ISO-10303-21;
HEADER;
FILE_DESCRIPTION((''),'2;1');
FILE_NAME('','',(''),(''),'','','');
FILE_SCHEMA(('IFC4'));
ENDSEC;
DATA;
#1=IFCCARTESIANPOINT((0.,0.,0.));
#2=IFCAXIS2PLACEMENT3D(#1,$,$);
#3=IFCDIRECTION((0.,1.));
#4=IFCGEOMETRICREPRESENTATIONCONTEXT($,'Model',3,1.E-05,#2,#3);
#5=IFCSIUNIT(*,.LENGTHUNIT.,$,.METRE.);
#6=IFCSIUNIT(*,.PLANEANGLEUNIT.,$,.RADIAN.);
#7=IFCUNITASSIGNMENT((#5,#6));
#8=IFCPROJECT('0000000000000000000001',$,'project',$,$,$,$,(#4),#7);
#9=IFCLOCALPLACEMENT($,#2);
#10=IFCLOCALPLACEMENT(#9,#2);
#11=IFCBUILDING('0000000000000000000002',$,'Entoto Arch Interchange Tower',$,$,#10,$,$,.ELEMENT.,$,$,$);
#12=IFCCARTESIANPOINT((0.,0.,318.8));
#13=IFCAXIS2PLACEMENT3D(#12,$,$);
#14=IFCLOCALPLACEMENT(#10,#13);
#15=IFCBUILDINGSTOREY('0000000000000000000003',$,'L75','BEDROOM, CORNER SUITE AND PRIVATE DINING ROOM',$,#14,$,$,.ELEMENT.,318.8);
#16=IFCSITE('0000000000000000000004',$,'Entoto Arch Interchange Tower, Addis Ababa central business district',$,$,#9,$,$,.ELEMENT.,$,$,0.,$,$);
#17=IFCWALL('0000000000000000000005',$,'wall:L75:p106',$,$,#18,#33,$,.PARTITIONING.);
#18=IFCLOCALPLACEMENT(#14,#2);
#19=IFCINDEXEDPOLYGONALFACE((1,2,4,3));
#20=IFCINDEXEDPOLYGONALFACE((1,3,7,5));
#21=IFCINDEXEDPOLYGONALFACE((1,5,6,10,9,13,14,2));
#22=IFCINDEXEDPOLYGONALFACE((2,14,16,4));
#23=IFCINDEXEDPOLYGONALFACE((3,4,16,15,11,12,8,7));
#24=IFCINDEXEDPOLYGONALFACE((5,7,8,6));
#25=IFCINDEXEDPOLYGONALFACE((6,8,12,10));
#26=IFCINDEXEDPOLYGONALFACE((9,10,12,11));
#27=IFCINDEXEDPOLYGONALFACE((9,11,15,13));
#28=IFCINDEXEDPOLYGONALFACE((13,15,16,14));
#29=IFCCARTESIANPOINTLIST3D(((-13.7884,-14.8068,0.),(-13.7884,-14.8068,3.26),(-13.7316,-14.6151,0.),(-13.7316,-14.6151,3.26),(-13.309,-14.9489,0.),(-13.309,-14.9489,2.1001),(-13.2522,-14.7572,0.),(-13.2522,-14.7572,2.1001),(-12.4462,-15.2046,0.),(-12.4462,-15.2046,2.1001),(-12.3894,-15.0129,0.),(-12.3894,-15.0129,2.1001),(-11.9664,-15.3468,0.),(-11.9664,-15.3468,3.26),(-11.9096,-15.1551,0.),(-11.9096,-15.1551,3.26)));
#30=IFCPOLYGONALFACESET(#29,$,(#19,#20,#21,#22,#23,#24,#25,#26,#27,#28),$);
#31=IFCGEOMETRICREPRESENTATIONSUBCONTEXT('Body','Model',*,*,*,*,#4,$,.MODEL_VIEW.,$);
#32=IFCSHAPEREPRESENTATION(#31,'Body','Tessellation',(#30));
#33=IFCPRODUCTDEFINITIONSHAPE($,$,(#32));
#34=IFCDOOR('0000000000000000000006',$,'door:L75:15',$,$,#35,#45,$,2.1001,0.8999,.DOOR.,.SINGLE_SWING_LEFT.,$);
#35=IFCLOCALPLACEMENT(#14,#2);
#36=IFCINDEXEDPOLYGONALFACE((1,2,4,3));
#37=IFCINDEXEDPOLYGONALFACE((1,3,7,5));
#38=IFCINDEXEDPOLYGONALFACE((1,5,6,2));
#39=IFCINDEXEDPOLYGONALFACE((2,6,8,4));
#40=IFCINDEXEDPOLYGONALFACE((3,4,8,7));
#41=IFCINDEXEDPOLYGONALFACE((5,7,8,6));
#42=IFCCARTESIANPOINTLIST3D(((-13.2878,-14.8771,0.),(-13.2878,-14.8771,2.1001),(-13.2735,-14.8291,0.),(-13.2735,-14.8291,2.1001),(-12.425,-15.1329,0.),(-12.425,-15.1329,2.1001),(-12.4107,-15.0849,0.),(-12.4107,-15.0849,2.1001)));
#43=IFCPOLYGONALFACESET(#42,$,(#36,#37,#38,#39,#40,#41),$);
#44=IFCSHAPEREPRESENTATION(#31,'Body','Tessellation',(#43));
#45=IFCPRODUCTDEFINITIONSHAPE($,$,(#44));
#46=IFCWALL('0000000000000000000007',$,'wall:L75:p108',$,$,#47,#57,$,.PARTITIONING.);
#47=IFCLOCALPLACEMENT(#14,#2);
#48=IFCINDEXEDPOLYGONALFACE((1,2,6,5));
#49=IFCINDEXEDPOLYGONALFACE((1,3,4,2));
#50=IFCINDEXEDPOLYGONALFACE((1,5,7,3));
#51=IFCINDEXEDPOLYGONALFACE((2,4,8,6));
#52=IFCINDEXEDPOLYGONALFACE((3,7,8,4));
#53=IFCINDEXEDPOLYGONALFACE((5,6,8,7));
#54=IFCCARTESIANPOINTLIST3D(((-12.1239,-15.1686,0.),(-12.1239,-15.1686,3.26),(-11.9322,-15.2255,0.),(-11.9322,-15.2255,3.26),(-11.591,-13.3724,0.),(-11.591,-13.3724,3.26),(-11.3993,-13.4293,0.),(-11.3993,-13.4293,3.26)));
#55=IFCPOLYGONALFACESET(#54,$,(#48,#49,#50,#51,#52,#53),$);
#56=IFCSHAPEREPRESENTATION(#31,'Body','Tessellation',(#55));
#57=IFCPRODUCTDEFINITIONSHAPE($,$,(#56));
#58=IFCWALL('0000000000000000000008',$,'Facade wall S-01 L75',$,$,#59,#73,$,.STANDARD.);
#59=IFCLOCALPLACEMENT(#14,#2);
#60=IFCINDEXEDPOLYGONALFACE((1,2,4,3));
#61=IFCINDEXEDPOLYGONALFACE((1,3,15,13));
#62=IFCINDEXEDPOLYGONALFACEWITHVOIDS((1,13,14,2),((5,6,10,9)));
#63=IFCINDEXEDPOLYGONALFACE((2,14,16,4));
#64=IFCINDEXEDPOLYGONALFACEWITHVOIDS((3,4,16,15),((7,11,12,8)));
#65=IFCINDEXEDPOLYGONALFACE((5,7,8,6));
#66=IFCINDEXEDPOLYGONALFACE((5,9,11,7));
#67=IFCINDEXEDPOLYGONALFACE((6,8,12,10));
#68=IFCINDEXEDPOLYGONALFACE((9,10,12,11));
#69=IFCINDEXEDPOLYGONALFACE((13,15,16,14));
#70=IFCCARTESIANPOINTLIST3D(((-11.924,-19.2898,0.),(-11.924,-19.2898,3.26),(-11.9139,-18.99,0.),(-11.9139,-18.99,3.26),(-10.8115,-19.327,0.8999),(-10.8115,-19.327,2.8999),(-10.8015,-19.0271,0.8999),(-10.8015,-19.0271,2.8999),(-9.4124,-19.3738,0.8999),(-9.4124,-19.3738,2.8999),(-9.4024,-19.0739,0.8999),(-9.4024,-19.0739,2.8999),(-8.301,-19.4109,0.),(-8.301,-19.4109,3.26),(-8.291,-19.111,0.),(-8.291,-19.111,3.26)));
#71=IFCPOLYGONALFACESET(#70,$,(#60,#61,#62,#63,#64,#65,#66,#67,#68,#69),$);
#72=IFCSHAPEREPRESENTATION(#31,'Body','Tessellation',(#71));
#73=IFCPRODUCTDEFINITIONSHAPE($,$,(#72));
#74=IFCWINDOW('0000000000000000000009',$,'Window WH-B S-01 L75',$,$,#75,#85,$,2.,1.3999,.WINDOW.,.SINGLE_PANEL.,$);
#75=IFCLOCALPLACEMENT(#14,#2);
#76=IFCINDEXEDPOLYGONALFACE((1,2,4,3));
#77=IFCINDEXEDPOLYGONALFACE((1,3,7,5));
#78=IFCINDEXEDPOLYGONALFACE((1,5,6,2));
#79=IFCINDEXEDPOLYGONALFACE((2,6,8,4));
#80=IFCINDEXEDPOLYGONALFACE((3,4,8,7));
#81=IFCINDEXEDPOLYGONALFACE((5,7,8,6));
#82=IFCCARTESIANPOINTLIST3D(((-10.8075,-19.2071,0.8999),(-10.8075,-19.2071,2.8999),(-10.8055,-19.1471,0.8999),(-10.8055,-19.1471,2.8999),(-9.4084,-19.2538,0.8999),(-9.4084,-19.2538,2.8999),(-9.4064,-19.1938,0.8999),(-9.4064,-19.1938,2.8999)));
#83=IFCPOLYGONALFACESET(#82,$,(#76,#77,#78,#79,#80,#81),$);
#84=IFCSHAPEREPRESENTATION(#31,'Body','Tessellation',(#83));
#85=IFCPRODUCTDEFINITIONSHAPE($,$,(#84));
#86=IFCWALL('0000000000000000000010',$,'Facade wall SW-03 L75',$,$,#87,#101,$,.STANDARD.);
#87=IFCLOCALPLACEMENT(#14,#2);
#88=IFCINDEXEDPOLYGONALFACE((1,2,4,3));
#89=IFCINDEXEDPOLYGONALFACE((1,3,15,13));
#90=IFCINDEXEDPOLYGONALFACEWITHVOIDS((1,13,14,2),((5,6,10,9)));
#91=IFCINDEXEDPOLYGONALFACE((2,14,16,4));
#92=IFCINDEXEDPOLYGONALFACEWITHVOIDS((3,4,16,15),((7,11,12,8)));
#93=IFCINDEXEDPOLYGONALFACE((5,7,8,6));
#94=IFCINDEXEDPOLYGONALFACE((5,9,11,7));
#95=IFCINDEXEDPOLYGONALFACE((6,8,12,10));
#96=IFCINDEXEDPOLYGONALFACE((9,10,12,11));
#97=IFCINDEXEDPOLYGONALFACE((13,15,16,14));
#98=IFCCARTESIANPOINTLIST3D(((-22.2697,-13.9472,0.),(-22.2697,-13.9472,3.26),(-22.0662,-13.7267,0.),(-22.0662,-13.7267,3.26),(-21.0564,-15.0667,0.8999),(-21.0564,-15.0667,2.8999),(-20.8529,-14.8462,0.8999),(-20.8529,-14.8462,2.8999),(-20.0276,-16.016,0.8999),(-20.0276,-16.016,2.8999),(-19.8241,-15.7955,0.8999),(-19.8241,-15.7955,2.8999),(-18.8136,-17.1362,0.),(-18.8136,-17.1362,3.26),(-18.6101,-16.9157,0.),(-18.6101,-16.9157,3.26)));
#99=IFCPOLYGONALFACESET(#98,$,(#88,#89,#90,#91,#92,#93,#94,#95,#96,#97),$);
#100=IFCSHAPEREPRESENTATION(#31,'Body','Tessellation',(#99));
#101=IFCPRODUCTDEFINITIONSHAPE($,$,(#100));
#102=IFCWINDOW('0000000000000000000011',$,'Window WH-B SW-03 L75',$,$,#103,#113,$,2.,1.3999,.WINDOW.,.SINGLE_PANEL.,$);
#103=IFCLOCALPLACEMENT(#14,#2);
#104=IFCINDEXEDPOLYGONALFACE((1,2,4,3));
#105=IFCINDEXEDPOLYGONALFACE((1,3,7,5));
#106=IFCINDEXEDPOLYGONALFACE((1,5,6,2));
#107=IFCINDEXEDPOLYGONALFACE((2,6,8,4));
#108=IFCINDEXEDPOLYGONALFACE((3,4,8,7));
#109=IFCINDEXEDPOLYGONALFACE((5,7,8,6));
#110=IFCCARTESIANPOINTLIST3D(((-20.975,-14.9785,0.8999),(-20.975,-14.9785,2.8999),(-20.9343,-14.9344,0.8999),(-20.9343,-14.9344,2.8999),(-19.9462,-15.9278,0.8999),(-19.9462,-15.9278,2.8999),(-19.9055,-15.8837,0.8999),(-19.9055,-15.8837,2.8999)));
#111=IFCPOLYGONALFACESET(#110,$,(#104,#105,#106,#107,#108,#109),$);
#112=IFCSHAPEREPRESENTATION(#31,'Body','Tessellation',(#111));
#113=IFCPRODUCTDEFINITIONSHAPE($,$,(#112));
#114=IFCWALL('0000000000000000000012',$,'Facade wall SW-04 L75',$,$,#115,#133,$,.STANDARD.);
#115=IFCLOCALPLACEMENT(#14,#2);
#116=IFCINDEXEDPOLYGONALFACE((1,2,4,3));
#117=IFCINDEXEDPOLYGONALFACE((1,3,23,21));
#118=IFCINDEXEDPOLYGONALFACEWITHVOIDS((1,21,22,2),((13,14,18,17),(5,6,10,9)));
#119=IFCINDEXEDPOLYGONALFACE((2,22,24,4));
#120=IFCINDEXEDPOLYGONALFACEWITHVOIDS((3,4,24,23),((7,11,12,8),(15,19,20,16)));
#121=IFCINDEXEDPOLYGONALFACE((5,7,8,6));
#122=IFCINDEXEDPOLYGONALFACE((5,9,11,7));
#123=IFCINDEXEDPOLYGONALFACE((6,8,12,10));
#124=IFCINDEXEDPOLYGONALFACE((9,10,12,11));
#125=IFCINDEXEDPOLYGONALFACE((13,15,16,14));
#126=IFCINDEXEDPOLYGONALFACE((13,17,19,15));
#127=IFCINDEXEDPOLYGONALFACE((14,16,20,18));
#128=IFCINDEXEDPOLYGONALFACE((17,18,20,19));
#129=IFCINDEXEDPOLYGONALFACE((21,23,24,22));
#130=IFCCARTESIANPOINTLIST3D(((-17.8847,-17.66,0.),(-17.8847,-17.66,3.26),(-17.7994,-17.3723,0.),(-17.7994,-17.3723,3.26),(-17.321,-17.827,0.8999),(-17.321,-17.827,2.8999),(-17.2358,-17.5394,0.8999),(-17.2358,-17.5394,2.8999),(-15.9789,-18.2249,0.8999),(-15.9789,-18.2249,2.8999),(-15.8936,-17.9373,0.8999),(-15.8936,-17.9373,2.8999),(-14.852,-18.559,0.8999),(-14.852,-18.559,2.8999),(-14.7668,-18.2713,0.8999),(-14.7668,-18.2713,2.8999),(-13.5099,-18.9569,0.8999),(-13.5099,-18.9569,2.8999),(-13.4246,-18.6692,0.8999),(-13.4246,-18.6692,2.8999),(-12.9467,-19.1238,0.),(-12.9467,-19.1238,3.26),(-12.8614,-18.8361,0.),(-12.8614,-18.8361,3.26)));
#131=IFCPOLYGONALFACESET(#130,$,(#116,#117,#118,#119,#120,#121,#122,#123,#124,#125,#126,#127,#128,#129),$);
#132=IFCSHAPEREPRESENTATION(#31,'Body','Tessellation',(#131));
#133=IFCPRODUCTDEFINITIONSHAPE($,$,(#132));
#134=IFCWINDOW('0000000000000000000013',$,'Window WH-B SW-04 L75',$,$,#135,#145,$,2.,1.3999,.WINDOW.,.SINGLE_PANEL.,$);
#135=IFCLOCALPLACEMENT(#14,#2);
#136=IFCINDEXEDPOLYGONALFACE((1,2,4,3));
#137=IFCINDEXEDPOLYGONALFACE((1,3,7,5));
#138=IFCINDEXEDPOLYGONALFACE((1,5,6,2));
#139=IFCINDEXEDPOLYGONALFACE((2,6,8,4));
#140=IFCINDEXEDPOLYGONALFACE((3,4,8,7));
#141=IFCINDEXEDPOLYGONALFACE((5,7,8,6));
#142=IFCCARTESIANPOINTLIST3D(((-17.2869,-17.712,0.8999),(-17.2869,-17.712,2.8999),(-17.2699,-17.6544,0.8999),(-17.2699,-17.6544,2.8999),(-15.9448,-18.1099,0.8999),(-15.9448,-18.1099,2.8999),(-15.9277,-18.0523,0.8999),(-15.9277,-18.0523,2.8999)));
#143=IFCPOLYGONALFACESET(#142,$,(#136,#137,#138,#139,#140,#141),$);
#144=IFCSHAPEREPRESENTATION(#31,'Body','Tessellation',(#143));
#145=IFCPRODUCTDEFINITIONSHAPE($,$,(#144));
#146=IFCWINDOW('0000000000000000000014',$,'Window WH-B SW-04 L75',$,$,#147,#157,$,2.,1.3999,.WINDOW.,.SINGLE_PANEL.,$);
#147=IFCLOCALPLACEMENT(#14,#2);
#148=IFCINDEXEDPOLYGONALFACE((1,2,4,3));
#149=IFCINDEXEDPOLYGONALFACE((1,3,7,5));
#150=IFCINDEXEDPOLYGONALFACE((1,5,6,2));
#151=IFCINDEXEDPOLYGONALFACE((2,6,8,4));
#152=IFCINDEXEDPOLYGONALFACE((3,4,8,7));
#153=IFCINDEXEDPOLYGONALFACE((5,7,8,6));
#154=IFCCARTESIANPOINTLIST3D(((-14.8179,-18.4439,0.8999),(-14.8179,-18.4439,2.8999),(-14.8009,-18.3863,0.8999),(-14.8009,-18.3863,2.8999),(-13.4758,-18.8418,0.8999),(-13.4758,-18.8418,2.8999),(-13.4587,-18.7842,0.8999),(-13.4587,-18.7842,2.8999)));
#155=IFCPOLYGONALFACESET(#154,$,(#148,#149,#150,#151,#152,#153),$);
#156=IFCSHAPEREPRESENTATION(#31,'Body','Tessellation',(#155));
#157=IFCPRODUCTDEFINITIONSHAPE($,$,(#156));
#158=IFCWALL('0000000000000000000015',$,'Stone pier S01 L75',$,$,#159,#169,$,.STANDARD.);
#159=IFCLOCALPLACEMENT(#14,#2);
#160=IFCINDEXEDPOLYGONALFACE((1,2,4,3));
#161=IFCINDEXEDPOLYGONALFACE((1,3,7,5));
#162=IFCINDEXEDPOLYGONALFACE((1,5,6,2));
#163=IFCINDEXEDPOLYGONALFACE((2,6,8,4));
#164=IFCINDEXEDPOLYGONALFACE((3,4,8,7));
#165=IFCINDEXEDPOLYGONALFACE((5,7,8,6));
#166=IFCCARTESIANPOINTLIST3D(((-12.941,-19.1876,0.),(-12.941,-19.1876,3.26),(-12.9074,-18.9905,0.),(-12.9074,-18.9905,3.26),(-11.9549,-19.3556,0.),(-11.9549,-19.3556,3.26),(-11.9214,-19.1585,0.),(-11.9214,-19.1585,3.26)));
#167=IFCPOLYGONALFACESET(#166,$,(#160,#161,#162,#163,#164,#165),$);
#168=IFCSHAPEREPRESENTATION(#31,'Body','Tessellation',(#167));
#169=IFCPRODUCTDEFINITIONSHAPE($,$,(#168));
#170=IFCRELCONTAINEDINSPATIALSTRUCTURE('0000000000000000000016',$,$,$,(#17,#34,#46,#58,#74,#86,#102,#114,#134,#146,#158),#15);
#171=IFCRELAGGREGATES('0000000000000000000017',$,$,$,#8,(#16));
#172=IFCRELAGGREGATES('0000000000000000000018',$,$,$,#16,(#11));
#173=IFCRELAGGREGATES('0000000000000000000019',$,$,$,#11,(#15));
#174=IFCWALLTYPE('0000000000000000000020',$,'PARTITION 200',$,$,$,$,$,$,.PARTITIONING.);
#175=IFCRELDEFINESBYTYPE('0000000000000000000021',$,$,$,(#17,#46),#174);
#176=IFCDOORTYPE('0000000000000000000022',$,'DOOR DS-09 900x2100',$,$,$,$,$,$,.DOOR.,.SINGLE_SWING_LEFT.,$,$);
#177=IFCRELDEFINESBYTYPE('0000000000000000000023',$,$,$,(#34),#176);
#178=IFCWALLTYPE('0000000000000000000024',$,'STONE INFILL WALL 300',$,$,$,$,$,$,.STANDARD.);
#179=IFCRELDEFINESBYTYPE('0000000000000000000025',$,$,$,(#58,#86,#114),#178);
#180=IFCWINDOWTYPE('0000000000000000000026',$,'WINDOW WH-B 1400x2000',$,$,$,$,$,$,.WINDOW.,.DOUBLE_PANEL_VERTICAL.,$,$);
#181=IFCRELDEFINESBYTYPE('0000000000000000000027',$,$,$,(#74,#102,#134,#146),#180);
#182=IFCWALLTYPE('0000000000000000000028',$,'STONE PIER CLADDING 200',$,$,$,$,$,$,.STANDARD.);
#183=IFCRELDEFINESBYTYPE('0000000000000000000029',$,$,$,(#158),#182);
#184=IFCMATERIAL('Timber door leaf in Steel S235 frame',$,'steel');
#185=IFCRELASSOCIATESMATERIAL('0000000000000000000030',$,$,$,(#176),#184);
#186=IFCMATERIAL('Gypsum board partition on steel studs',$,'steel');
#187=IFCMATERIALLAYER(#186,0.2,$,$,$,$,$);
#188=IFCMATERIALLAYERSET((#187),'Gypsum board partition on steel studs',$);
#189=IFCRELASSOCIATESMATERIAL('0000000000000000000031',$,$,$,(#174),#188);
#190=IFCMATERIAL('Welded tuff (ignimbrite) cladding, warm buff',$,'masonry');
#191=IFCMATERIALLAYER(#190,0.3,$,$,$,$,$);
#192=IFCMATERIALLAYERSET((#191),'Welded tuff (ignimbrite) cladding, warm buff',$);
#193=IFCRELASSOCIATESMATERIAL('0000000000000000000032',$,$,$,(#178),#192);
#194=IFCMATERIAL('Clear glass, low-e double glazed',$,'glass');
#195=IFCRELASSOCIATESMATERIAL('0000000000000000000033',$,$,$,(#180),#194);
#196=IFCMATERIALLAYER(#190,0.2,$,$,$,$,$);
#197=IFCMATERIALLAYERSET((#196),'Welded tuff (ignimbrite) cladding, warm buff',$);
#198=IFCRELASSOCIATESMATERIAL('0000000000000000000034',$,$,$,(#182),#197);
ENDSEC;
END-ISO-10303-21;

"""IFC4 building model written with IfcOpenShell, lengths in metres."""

from ifc_helpers import new_model, si_unit, direction, frame, frame_2d, origin, place, context, subcontext, project, spatial, rectangle, extrude, material, layer, layer_set, type_object, element, fill, save


model = new_model("IFC4")

# Units and contexts
model_context = context("Model", 3, precision=1e-05, world=origin(), true_north=direction((0.0, 1.0)))
body_context = subcontext(model_context, "Body", "Model", "MODEL_VIEW")
ifc_project = project(units=[si_unit("LENGTHUNIT", "METRE"), si_unit("PLANEANGLEUNIT", "RADIAN")], contexts=[model_context])

# Site, building, storey
site_placement = place(None, origin())
site = spatial("IfcSite", under=ifc_project, at=site_placement, Name="Entoto Arch Interchange Tower, Addis Ababa central business district", CompositionType="ELEMENT", RefElevation=0.0)
building_placement = place(site_placement, origin())
building = spatial("IfcBuilding", under=site, at=building_placement, Name="Entoto Arch Interchange Tower", CompositionType="ELEMENT")
storey_placement = place(building_placement, frame((0.0, 0.0, 318.8)))
storey = spatial("IfcBuildingStorey", under=building, at=storey_placement, Name="L75", Description="BEDROOM, CORNER SUITE AND PRIVATE DINING ROOM", CompositionType="ELEMENT", Elevation=318.8)

# Shared definitions
ifc_material_1 = material(Name="Gypsum board partition on steel studs", Category="steel")
ifc_material_2 = material(Name="Timber door leaf in Steel S235 frame", Category="steel")
door_type = type_object("IfcDoorType", Name="DOOR DS-09 900x2100", OperationType="SINGLE_SWING_LEFT", PredefinedType="DOOR", material=ifc_material_2)

# Shared definitions
ifc_layer_1 = layer(ifc_material_1, 0.2)
ifc_layer_set_1 = layer_set([ifc_layer_1], Name="Gypsum board partition on steel studs")
wall_type_1 = type_object("IfcWallType", Name="PARTITION 200", PredefinedType="PARTITIONING", material=ifc_layer_set_1)

# Wall, opening, door
wall_1_placement = place(storey_placement, frame((-13.76, -14.7109, 0.0), z_axis=(0.0, 0.0, 1.0), x_axis=(0.958772, -0.284176, 0.0)))
wall_1 = element("IfcWall", 1, at=wall_1_placement, inside=storey, type_object=wall_type_1, Name="wall:L75:p106", PredefinedType="PARTITIONING", context=body_context, shape_type="SweptSolid", body=[
    extrude(rectangle(XDim=1.9004, YDim=0.2, at=frame_2d((0.9502, 0.0))), origin(), (0.0, 0.0, 1.0), 3.26),
])
opening_1_placement = place(wall_1_placement, frame((0.5, 0.0, 0.0)))
opening_1 = element("IfcOpeningElement", 2, at=opening_1_placement, cuts=wall_1, PredefinedType="OPENING", context=body_context, shape_type="SweptSolid", body=[
    extrude(rectangle(XDim=0.8999, YDim=2.1001, at=frame_2d((0.45, 1.05))), frame((0.0, 0.1099, 0.0), z_axis=(0.0, -1.0, 0.0), x_axis=(1.0, 0.0, 0.0)), (0.0, 0.0, 1.0), 0.22),
])
door_1_placement = place(opening_1_placement, origin())
door_1 = element("IfcDoor", 3, at=door_1_placement, inside=storey, type_object=door_type, Name="door:L75:15", OperationType="SINGLE_SWING_LEFT", OverallHeight=2.1001, OverallWidth=0.8999, PredefinedType="DOOR", context=body_context, shape_type="SweptSolid", body=[
    extrude(rectangle(XDim=0.8999, YDim=2.1001, at=frame_2d((0.45, 1.05))), frame((0.0, 0.0249, 0.0), z_axis=(0.0, -1.0, 0.0), x_axis=(1.0, 0.0, 0.0)), (0.0, 0.0, 1.0), 0.05),
])
fill(opening_1, door_1)

# Wall
wall_2_placement = place(storey_placement, frame((-11.4951, -13.4009, 0.0), z_axis=(0.0, 0.0, 1.0), x_axis=(-0.284465, -0.958686, 0.0)))
element("IfcWall", 4, at=wall_2_placement, inside=storey, type_object=wall_type_1, Name="wall:L75:p108", PredefinedType="PARTITIONING", context=body_context, shape_type="SweptSolid", body=[
    extrude(rectangle(XDim=1.8735, YDim=0.2, at=frame_2d((0.9368, 0.0))), origin(), (0.0, 0.0, 1.0), 3.26),
])

# Walls, openings, windows
ifc_material_3 = material(Name="Welded tuff (ignimbrite) cladding, warm buff", Category="masonry")
ifc_layer_2 = layer(ifc_material_3, 0.3)
ifc_layer_set_2 = layer_set([ifc_layer_2], Name="Welded tuff (ignimbrite) cladding, warm buff")
wall_type_2 = type_object("IfcWallType", Name="STONE INFILL WALL 300", PredefinedType="STANDARD", material=ifc_layer_set_2)
wall_3_placement = place(storey_placement, frame((-11.9189, -19.1399, 0.0), z_axis=(0.0, 0.0, 1.0), x_axis=(0.999442, -0.033405, 0.0)))
wall_3 = element("IfcWall", 5, at=wall_3_placement, inside=storey, type_object=wall_type_2, Name="Facade wall S-01 L75", PredefinedType="STANDARD", context=body_context, shape_type="SweptSolid", body=[
    extrude(rectangle(XDim=3.625, YDim=0.3, at=frame_2d((1.8125, 0.0))), origin(), (0.0, 0.0, 1.0), 3.26),
])
opening_2_placement = place(wall_3_placement, frame((1.113, 0.0, 0.8999)))
opening_2 = element("IfcOpeningElement", 6, at=opening_2_placement, cuts=wall_3, PredefinedType="OPENING", context=body_context, shape_type="SweptSolid", body=[
    extrude(rectangle(XDim=1.3999, YDim=2.0, at=frame_2d((0.7, 1.0))), frame((0.0, 0.1602, 0.0), z_axis=(0.0, -1.0, 0.0), x_axis=(1.0, 0.0, 0.0)), (0.0, 0.0, 1.0), 0.3201),
])
ifc_material_4 = material(Name="Clear glass, low-e double glazed", Category="glass")
window_type = type_object("IfcWindowType", Name="WINDOW WH-B 1400x2000", PartitioningType="DOUBLE_PANEL_VERTICAL", PredefinedType="WINDOW", material=ifc_material_4)
window_1_placement = place(opening_2_placement, origin())
window_1 = element("IfcWindow", 7, at=window_1_placement, inside=storey, type_object=window_type, Name="Window WH-B S-01 L75", OverallHeight=2.0, OverallWidth=1.3999, PartitioningType="SINGLE_PANEL", PredefinedType="WINDOW", context=body_context, shape_type="SweptSolid", body=[
    extrude(rectangle(XDim=1.3999, YDim=2.0, at=frame_2d((0.7, 1.0))), frame((0.0, 0.03, 0.0), z_axis=(0.0, -1.0, 0.0), x_axis=(1.0, 0.0, 0.0)), (0.0, 0.0, 1.0), 0.0601),
])
fill(opening_2, window_1)
wall_4_placement = place(storey_placement, frame((-22.168, -13.8369, 0.0), z_axis=(0.0, 0.0, 1.0), x_axis=(0.734935, -0.678138, 0.0)))
wall_4 = element("IfcWall", 8, at=wall_4_placement, inside=storey, type_object=wall_type_2, Name="Facade wall SW-03 L75", PredefinedType="STANDARD", context=body_context, shape_type="SweptSolid", body=[
    extrude(rectangle(XDim=4.7026, YDim=0.3, at=frame_2d((2.3513, 0.0))), origin(), (0.0, 0.0, 1.0), 3.26),
])
opening_3_placement = place(wall_4_placement, frame((1.6509, 0.0, 0.8999)))
opening_3 = element("IfcOpeningElement", 9, at=opening_3_placement, cuts=wall_4, PredefinedType="OPENING", context=body_context, shape_type="SweptSolid", body=[
    extrude(rectangle(XDim=1.3999, YDim=2.0, at=frame_2d((0.7, 1.0))), frame((0.0, 0.1602, 0.0), z_axis=(0.0, -1.0, 0.0), x_axis=(1.0, 0.0, 0.0)), (0.0, 0.0, 1.0), 0.3201),
])
window_2_placement = place(opening_3_placement, origin())
window_2 = element("IfcWindow", 10, at=window_2_placement, inside=storey, type_object=window_type, Name="Window WH-B SW-03 L75", OverallHeight=2.0, OverallWidth=1.3999, PartitioningType="SINGLE_PANEL", PredefinedType="WINDOW", context=body_context, shape_type="SweptSolid", body=[
    extrude(rectangle(XDim=1.3999, YDim=2.0, at=frame_2d((0.7, 1.0))), frame((0.0, 0.03, 0.0), z_axis=(0.0, -1.0, 0.0), x_axis=(1.0, 0.0, 0.0)), (0.0, 0.0, 1.0), 0.0601),
])
fill(opening_3, window_2)

# Wall, openings, windows
wall_5_placement = place(storey_placement, frame((-17.842, -17.5161, 0.0), z_axis=(0.0, 0.0, 1.0), x_axis=(0.958758, -0.284224, 0.0)))
wall_5 = element("IfcWall", 11, at=wall_5_placement, inside=storey, type_object=wall_type_2, Name="Facade wall SW-04 L75", PredefinedType="STANDARD", context=body_context, shape_type="SweptSolid", body=[
    extrude(rectangle(XDim=5.1504, YDim=0.3, at=frame_2d((2.5752, 0.0))), origin(), (0.0, 0.0, 1.0), 3.26),
])
opening_4_placement = place(wall_5_placement, frame((0.5879, 0.0, 0.8999)))
opening_4 = element("IfcOpeningElement", 12, at=opening_4_placement, cuts=wall_5, PredefinedType="OPENING", context=body_context, shape_type="SweptSolid", body=[
    extrude(rectangle(XDim=1.3999, YDim=2.0, at=frame_2d((0.7, 1.0))), frame((0.0, 0.1602, 0.0), z_axis=(0.0, -1.0, 0.0), x_axis=(1.0, 0.0, 0.0)), (0.0, 0.0, 1.0), 0.3201),
])
opening_5_placement = place(wall_5_placement, frame((3.1631, 0.0, 0.8999)))
opening_5 = element("IfcOpeningElement", 13, at=opening_5_placement, cuts=wall_5, PredefinedType="OPENING", context=body_context, shape_type="SweptSolid", body=[
    extrude(rectangle(XDim=1.3999, YDim=2.0, at=frame_2d((0.7, 1.0))), frame((0.0, 0.1602, 0.0), z_axis=(0.0, -1.0, 0.0), x_axis=(1.0, 0.0, 0.0)), (0.0, 0.0, 1.0), 0.3201),
])
window_3_placement = place(opening_4_placement, origin())
window_3 = element("IfcWindow", 14, at=window_3_placement, inside=storey, type_object=window_type, Name="Window WH-B SW-04 L75", OverallHeight=2.0, OverallWidth=1.3999, PartitioningType="SINGLE_PANEL", PredefinedType="WINDOW", context=body_context, shape_type="SweptSolid", body=[
    extrude(rectangle(XDim=1.3999, YDim=2.0, at=frame_2d((0.7, 1.0))), frame((0.0, 0.03, 0.0), z_axis=(0.0, -1.0, 0.0), x_axis=(1.0, 0.0, 0.0)), (0.0, 0.0, 1.0), 0.0601),
])
fill(opening_4, window_3)
window_4_placement = place(opening_5_placement, origin())
window_4 = element("IfcWindow", 15, at=window_4_placement, inside=storey, type_object=window_type, Name="Window WH-B SW-04 L75", OverallHeight=2.0, OverallWidth=1.3999, PartitioningType="SINGLE_PANEL", PredefinedType="WINDOW", context=body_context, shape_type="SweptSolid", body=[
    extrude(rectangle(XDim=1.3999, YDim=2.0, at=frame_2d((0.7, 1.0))), frame((0.0, 0.03, 0.0), z_axis=(0.0, -1.0, 0.0), x_axis=(1.0, 0.0, 0.0)), (0.0, 0.0, 1.0), 0.0601),
])
fill(opening_5, window_4)

# Wall
ifc_layer_3 = layer(ifc_material_3, 0.2)
ifc_layer_set_3 = layer_set([ifc_layer_3], Name="Welded tuff (ignimbrite) cladding, warm buff")
wall_type_3 = type_object("IfcWallType", Name="STONE PIER CLADDING 200", PredefinedType="STANDARD", material=ifc_layer_set_3)
for number, where, z_axis, x_axis, name in (
    (16, (-12.9241, -19.0891, 0.0), (0.0, 0.0, 1.0), (0.985801, -0.16792, 0.0), "Stone pier S01 L75"),
):
    element("IfcWall", number, at=place(storey_placement, frame(where, z_axis=z_axis, x_axis=x_axis)), inside=storey, type_object=wall_type_3, Name=name, PredefinedType="STANDARD", context=body_context, shape_type="SweptSolid", body=[
        extrude(rectangle(XDim=1.0002, YDim=0.2, at=frame_2d((0.5, 0.0))), origin(), (0.0, 0.0, 1.0), 3.26),
    ])

save(model, "model.ifc")
